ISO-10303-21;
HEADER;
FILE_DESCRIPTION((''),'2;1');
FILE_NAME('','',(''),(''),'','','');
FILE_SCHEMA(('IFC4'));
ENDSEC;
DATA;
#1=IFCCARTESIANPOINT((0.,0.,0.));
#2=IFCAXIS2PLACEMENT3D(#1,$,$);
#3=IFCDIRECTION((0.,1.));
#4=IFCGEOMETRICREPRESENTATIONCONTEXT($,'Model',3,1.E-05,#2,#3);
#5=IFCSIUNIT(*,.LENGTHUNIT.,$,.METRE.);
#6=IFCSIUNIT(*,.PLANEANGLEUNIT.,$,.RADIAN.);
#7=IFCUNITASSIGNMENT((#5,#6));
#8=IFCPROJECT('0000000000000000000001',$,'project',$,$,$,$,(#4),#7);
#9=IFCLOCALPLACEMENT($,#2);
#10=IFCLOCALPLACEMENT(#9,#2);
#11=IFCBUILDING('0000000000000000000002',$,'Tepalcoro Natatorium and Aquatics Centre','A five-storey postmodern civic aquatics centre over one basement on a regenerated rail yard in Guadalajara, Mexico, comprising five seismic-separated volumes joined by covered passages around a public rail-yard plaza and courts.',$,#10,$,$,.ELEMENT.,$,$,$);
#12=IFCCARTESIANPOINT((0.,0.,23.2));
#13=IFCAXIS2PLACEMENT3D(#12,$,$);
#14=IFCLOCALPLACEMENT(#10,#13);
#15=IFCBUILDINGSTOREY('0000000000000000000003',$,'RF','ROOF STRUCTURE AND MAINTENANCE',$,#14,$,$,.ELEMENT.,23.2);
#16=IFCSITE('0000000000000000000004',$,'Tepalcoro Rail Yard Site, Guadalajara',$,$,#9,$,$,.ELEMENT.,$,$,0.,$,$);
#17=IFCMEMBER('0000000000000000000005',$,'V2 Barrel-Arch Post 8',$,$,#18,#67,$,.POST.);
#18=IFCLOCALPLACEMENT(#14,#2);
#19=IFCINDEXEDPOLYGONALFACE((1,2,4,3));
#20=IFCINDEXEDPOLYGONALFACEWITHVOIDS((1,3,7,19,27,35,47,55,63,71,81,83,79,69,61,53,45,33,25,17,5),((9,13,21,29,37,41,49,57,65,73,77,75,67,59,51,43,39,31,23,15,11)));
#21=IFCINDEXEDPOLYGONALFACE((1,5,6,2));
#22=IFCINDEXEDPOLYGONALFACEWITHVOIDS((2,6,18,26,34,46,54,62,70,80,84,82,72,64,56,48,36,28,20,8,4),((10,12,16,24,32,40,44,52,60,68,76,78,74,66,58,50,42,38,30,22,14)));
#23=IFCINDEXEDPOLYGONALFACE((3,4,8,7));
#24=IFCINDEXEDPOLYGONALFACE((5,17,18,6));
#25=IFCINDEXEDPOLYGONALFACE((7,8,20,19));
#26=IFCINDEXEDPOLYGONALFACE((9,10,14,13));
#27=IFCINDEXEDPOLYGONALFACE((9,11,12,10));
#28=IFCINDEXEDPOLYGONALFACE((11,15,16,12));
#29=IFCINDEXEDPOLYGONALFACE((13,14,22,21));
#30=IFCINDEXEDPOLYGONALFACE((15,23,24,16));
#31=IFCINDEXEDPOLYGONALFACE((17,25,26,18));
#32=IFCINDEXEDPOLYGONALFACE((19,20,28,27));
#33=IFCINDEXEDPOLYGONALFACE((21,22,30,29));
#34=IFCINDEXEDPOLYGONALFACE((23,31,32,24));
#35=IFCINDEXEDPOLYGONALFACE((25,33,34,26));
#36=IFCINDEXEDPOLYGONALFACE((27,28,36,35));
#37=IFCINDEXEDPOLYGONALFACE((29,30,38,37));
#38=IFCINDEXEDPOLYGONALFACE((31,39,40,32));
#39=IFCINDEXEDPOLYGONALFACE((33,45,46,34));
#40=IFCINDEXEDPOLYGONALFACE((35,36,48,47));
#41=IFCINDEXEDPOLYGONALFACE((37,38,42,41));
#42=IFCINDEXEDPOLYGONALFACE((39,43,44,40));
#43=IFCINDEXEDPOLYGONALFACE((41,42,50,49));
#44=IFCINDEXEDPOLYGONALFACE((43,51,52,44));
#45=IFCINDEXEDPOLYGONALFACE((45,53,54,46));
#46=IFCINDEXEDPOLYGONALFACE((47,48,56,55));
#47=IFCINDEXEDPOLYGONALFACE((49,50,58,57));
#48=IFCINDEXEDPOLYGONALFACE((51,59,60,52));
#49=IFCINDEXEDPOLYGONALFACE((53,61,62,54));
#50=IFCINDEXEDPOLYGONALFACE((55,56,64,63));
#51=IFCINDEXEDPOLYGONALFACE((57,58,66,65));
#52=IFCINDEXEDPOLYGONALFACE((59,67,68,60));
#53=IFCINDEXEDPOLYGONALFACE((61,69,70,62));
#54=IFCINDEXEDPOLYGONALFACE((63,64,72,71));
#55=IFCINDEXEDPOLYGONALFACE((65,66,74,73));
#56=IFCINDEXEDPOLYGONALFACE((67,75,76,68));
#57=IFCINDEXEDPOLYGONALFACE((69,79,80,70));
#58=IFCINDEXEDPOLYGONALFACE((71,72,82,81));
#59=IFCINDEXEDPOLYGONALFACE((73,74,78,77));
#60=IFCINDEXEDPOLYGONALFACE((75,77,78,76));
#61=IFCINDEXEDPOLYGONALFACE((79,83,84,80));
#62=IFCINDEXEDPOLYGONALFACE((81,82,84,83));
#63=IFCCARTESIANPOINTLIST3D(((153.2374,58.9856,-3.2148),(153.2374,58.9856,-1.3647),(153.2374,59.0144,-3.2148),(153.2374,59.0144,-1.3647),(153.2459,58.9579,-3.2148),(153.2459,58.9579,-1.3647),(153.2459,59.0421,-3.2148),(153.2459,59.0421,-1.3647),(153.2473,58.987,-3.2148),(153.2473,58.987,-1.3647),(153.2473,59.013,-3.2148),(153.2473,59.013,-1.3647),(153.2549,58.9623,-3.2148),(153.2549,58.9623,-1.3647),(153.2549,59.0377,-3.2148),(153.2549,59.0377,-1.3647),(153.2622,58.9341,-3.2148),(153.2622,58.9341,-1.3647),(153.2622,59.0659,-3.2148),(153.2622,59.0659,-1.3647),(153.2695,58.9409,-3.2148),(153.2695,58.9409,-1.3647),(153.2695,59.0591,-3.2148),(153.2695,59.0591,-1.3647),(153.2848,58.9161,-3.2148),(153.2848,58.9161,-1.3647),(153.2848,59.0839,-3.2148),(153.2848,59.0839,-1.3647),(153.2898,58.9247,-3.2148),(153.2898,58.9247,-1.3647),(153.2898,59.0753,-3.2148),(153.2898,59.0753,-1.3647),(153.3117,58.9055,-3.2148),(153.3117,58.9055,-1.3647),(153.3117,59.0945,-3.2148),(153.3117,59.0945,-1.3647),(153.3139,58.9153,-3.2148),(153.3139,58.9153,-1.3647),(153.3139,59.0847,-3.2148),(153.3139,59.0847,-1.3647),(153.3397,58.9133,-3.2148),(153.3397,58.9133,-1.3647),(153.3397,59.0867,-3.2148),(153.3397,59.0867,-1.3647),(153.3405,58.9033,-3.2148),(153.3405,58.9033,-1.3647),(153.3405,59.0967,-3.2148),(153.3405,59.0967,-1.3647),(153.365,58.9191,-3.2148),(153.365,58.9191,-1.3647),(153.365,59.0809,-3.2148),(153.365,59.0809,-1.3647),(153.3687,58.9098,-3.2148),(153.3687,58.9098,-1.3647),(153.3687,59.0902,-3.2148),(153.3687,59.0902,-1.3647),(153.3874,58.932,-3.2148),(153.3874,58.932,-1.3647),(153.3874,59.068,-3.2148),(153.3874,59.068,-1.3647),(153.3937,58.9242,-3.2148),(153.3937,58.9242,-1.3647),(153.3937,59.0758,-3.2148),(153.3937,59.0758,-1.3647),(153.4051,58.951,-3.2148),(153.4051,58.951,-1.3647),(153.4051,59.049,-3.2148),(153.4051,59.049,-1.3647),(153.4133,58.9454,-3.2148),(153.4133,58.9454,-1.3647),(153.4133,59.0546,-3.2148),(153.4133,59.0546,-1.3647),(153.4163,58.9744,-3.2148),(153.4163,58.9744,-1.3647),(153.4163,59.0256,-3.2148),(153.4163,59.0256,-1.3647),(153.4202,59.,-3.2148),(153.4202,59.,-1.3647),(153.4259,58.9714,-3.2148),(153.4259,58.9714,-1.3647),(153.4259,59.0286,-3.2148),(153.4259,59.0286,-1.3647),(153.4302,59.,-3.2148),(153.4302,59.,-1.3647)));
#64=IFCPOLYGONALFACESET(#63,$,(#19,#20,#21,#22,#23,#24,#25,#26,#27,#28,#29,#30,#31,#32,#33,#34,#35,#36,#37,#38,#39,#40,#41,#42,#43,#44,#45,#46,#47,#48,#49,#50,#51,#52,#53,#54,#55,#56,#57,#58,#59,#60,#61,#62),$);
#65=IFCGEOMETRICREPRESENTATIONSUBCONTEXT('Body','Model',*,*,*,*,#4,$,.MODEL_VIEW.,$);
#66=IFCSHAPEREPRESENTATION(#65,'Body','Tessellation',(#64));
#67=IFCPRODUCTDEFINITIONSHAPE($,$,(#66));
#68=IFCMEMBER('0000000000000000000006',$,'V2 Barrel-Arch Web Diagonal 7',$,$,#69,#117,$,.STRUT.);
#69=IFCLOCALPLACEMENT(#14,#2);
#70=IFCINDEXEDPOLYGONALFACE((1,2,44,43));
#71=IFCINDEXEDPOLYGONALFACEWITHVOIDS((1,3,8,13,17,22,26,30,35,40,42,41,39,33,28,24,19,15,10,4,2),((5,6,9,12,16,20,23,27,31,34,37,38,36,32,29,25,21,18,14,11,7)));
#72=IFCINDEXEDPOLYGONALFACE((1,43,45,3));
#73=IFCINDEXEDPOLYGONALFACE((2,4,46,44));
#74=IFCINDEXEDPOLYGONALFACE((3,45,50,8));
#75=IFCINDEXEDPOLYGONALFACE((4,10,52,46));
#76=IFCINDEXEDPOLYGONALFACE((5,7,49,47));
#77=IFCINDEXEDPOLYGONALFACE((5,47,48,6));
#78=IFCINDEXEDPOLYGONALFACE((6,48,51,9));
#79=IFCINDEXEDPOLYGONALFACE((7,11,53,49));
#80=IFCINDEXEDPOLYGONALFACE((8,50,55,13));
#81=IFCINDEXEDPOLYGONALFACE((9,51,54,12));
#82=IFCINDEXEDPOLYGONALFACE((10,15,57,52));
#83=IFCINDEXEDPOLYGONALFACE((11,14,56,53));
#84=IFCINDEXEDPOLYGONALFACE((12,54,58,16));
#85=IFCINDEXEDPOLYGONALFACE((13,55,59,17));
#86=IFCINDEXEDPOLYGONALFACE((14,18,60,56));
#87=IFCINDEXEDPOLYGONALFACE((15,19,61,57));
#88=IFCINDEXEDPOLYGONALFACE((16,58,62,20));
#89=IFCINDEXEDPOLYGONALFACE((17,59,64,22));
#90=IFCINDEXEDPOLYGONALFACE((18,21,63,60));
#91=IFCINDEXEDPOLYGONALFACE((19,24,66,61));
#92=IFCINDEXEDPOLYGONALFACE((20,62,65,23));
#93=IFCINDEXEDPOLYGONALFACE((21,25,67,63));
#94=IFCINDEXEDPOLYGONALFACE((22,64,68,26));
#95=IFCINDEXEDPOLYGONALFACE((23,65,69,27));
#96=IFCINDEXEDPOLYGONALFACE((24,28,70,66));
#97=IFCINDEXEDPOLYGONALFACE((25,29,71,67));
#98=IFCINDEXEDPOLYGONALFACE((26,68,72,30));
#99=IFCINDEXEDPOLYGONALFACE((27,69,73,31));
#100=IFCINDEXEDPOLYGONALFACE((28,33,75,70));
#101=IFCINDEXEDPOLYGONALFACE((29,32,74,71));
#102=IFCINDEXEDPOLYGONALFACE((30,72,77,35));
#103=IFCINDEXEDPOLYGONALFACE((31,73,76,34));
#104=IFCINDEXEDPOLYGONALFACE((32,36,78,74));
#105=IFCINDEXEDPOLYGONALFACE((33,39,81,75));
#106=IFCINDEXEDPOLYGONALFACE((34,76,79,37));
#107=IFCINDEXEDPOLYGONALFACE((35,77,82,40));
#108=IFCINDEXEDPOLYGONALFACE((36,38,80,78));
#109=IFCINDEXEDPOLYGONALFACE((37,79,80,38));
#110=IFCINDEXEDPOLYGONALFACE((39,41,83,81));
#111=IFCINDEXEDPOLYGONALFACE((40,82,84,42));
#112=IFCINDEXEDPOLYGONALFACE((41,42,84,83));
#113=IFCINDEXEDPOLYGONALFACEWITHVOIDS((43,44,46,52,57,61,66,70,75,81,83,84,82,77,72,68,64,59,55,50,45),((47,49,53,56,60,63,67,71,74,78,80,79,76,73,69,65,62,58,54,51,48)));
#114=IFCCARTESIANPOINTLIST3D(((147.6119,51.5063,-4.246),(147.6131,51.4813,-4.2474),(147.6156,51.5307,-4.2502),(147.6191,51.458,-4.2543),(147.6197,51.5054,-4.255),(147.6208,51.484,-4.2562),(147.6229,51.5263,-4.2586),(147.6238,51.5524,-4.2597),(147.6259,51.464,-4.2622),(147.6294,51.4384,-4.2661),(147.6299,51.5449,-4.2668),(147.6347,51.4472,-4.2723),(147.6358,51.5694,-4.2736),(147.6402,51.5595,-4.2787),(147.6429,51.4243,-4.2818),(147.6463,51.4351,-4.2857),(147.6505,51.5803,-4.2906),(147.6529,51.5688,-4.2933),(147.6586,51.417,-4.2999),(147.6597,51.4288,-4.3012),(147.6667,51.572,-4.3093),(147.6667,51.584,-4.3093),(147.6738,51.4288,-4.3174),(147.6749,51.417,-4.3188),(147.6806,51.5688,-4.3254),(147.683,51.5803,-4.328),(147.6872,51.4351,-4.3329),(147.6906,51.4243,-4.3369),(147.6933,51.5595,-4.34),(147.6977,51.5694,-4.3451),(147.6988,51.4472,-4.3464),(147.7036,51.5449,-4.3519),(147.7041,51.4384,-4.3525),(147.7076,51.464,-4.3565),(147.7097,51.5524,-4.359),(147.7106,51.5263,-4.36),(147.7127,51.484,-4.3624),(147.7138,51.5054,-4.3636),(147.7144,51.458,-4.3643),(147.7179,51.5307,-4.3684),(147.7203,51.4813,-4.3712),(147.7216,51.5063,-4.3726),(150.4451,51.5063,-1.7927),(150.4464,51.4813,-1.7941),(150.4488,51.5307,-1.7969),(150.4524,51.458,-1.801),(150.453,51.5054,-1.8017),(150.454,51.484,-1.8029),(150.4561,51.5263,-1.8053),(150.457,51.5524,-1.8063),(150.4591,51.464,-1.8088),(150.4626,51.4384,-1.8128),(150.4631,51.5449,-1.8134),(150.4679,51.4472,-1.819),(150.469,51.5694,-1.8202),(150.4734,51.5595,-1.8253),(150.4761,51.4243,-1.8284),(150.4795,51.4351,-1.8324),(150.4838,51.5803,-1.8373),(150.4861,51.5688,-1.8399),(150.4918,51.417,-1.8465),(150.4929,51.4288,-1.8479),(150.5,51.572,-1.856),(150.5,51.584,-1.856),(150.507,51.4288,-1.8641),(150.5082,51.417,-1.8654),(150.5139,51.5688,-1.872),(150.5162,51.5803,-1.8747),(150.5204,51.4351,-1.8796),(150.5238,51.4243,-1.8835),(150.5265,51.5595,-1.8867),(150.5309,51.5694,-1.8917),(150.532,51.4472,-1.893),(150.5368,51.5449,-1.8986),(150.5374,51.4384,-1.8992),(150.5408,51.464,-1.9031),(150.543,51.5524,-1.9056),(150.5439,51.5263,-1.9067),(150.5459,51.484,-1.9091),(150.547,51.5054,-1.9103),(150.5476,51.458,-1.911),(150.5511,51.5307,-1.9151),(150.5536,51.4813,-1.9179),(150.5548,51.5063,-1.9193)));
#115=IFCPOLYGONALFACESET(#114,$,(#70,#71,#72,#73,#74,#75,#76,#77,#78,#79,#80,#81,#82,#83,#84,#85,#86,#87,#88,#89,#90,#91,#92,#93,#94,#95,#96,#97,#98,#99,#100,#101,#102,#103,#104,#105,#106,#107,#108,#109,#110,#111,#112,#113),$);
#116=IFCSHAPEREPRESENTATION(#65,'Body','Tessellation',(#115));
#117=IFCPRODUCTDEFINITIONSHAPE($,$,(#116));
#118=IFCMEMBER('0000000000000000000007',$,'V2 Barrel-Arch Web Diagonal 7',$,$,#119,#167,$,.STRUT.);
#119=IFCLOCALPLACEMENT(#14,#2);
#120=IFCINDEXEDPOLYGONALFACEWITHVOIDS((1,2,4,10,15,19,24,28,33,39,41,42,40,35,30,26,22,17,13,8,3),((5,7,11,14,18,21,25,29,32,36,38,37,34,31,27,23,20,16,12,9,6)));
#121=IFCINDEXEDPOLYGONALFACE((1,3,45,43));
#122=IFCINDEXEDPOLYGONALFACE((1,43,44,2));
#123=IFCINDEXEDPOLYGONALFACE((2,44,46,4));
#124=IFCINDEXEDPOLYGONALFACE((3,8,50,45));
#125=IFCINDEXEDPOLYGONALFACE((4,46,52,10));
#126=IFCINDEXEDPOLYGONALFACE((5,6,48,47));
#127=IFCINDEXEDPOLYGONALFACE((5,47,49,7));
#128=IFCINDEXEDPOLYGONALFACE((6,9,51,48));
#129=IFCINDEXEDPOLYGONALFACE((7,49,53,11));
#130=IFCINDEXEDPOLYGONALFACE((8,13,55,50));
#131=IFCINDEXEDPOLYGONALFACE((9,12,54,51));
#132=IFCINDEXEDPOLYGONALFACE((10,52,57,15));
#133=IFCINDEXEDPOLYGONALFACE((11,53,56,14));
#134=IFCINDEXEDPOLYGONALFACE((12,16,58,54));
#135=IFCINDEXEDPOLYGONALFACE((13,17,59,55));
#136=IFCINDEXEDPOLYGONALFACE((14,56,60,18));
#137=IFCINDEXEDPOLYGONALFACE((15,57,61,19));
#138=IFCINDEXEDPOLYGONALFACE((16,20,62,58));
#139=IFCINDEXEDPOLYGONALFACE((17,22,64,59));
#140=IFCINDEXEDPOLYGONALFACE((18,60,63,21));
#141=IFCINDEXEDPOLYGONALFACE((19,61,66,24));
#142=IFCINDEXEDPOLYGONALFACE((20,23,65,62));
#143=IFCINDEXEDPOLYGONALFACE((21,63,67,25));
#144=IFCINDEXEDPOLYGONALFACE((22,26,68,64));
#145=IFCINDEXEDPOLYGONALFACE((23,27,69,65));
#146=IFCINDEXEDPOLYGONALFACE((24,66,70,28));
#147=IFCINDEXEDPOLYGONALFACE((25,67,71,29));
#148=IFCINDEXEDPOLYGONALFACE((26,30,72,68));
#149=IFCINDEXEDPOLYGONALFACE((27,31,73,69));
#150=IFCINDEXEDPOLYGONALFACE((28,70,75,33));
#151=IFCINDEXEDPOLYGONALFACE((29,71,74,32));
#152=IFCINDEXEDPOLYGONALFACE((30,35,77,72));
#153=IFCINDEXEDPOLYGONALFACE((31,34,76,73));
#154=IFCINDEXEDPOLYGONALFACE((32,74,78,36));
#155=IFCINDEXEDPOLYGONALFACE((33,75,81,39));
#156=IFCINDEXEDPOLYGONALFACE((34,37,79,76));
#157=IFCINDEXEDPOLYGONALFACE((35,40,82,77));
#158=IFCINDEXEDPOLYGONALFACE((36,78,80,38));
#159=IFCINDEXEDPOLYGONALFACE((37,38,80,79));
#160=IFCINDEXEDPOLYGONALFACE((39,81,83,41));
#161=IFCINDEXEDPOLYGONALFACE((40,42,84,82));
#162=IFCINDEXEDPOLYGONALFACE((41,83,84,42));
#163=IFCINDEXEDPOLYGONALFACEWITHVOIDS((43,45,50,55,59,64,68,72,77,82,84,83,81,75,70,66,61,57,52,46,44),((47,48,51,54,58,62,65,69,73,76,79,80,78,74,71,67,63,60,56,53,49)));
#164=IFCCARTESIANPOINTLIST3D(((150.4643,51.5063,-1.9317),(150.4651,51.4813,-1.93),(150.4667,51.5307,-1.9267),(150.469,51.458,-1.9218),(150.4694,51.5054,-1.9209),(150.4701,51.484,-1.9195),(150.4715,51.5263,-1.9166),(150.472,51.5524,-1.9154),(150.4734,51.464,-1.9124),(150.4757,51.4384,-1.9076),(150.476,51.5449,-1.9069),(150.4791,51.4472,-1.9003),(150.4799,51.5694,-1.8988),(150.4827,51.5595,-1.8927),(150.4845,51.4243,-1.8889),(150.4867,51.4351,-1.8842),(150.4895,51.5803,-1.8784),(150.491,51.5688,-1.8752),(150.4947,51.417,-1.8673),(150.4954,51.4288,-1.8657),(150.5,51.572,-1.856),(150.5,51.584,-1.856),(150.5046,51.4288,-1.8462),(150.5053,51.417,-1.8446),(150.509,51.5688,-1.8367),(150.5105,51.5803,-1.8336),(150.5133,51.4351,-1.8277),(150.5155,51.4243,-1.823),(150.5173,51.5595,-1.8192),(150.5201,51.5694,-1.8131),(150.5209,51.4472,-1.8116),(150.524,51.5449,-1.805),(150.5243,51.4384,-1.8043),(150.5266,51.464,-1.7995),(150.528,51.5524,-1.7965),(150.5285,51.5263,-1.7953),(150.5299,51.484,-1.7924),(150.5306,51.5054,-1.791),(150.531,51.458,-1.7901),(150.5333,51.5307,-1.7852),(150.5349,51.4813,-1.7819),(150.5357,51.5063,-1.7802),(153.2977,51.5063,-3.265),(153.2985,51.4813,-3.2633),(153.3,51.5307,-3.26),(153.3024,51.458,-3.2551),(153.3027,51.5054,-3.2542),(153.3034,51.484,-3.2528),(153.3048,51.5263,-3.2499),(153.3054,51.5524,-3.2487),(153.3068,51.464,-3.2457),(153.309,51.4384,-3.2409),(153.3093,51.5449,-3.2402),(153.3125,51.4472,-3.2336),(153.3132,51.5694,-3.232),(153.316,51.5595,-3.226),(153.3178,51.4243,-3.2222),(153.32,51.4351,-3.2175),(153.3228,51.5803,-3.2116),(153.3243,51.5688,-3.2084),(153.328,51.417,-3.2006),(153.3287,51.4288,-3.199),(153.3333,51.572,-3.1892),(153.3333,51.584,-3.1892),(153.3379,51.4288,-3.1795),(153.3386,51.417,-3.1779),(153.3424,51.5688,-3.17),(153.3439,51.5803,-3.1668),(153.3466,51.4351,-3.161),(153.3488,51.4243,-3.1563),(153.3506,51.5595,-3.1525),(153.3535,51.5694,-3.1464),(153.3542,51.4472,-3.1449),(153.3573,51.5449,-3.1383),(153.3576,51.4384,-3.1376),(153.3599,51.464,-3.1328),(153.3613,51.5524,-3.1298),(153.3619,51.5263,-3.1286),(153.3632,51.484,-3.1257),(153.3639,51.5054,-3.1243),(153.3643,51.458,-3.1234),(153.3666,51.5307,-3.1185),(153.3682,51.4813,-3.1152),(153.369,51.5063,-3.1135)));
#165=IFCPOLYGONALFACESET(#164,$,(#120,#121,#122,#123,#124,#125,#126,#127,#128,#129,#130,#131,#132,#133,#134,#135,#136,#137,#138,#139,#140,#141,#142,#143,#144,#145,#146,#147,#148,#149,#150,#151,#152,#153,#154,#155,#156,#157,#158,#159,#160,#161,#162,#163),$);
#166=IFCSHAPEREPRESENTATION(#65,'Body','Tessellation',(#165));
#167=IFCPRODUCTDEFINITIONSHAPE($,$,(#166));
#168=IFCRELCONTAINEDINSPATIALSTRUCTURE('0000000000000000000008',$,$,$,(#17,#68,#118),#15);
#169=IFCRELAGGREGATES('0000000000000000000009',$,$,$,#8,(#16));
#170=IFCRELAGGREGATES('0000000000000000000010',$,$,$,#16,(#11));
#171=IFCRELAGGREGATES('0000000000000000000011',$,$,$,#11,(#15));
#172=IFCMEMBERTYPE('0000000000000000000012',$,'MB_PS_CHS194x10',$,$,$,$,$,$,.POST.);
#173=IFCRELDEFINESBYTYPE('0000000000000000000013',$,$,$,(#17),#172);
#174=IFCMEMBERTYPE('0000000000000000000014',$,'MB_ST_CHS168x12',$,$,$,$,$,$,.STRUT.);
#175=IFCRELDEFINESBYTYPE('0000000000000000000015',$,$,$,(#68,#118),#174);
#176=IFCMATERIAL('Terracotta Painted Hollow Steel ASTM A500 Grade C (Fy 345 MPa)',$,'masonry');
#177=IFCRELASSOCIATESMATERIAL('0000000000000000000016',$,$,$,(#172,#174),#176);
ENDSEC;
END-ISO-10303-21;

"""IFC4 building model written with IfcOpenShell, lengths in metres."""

from ifc_helpers import new_model, si_unit, direction, frame, origin, origin_2d, place, context, subcontext, project, spatial, hollow_circle, extrude, material, material_profile, profile_set, type_object, element, save


model = new_model("IFC4")

# Units and contexts
model_context = context("Model", 3, precision=1e-05, world=origin(), true_north=direction((0.0, 1.0)))
body_context = subcontext(model_context, "Body", "Model", "MODEL_VIEW")
ifc_project = project(units=[si_unit("LENGTHUNIT", "METRE"), si_unit("PLANEANGLEUNIT", "RADIAN")], contexts=[model_context])

# Site, building, storey
site_placement = place(None, origin())
site = spatial("IfcSite", under=ifc_project, at=site_placement, Name="Tepalcoro Rail Yard Site, Guadalajara", CompositionType="ELEMENT", RefElevation=0.0)
building_placement = place(site_placement, origin())
building = spatial("IfcBuilding", under=site, at=building_placement, Name="Tepalcoro Natatorium and Aquatics Centre", Description="A five-storey postmodern civic aquatics centre over one basement on a regenerated rail yard in Guadalajara, Mexico, comprising five seismic-separated volumes joined by covered passages around a public rail-yard plaza and courts.", CompositionType="ELEMENT")
storey_placement = place(building_placement, frame((0.0, 0.0, 23.2)))
storey = spatial("IfcBuildingStorey", under=building, at=storey_placement, Name="RF", Description="ROOF STRUCTURE AND MAINTENANCE", CompositionType="ELEMENT", Elevation=23.2)

# Shared definitions
ifc_material_1 = material(Name="Terracotta Painted Hollow Steel ASTM A500 Grade C (Fy 345 MPa)", Category="masonry")

# Members
ifc_material_profile_1 = material_profile(ifc_material_1, hollow_circle(Radius=0.0969, WallThickness=0.01, at=origin_2d()), Name="CHS194X10")
ifc_profile_set_1 = profile_set([ifc_material_profile_1], Name="Terracotta Painted Hollow Steel ASTM A500 Grade C (Fy 345 MPa)")
member_type_1 = type_object("IfcMemberType", Name="MB_PS_CHS194x10", PredefinedType="POST", material=ifc_profile_set_1)
for number, where, z_axis, x_axis, name in (
    (1, (153.3333, 59.0, -3.2148), (0.0, 0.0, 1.0), (1.0, 0.0, 0.0), "V2 Barrel-Arch Post 8"),
):
    element("IfcMember", number, at=place(storey_placement, frame(where, z_axis=z_axis, x_axis=x_axis)), inside=storey, type_object=member_type_1, Name=name, PredefinedType="POST", context=body_context, shape_type="SweptSolid", body=[
        extrude(hollow_circle(Radius=0.0969, WallThickness=0.01, at=origin_2d()), origin(), (0.0, 0.0, 1.0), 1.8501),
    ])
ifc_material_profile_2 = material_profile(ifc_material_1, hollow_circle(Radius=0.084, WallThickness=0.012, at=origin_2d()), Name="CHS168X12")
ifc_profile_set_2 = profile_set([ifc_material_profile_2], Name="Terracotta Painted Hollow Steel ASTM A500 Grade C (Fy 345 MPa)")
member_type_2 = type_object("IfcMemberType", Name="MB_ST_CHS168x12", PredefinedType="STRUT", material=ifc_profile_set_2)
member_1_placement = place(storey_placement, frame((147.6667, 51.5, -4.3093), z_axis=(0.755968, 0.0, 0.654608), x_axis=(0.0, 1.0, 0.0)))
element("IfcMember", 2, at=member_1_placement, inside=storey, type_object=member_type_2, Name="V2 Barrel-Arch Web Diagonal 7", PredefinedType="STRUT", context=body_context, shape_type="SweptSolid", body=[
    extrude(hollow_circle(Radius=0.084, WallThickness=0.012, at=origin_2d()), origin(), (0.0, 0.0, 1.0), 3.7478),
])
member_2_placement = place(storey_placement, frame((150.5, 51.5, -1.856), z_axis=(0.904824, 0.0, -0.425786), x_axis=(0.0, 1.0, 0.0)))
element("IfcMember", 3, at=member_2_placement, inside=storey, type_object=member_type_2, Name="V2 Barrel-Arch Web Diagonal 7", PredefinedType="STRUT", context=body_context, shape_type="SweptSolid", body=[
    extrude(hollow_circle(Radius=0.084, WallThickness=0.012, at=origin_2d()), origin(), (0.0, 0.0, 1.0), 3.1313),
])

save(model, "model.ifc")
